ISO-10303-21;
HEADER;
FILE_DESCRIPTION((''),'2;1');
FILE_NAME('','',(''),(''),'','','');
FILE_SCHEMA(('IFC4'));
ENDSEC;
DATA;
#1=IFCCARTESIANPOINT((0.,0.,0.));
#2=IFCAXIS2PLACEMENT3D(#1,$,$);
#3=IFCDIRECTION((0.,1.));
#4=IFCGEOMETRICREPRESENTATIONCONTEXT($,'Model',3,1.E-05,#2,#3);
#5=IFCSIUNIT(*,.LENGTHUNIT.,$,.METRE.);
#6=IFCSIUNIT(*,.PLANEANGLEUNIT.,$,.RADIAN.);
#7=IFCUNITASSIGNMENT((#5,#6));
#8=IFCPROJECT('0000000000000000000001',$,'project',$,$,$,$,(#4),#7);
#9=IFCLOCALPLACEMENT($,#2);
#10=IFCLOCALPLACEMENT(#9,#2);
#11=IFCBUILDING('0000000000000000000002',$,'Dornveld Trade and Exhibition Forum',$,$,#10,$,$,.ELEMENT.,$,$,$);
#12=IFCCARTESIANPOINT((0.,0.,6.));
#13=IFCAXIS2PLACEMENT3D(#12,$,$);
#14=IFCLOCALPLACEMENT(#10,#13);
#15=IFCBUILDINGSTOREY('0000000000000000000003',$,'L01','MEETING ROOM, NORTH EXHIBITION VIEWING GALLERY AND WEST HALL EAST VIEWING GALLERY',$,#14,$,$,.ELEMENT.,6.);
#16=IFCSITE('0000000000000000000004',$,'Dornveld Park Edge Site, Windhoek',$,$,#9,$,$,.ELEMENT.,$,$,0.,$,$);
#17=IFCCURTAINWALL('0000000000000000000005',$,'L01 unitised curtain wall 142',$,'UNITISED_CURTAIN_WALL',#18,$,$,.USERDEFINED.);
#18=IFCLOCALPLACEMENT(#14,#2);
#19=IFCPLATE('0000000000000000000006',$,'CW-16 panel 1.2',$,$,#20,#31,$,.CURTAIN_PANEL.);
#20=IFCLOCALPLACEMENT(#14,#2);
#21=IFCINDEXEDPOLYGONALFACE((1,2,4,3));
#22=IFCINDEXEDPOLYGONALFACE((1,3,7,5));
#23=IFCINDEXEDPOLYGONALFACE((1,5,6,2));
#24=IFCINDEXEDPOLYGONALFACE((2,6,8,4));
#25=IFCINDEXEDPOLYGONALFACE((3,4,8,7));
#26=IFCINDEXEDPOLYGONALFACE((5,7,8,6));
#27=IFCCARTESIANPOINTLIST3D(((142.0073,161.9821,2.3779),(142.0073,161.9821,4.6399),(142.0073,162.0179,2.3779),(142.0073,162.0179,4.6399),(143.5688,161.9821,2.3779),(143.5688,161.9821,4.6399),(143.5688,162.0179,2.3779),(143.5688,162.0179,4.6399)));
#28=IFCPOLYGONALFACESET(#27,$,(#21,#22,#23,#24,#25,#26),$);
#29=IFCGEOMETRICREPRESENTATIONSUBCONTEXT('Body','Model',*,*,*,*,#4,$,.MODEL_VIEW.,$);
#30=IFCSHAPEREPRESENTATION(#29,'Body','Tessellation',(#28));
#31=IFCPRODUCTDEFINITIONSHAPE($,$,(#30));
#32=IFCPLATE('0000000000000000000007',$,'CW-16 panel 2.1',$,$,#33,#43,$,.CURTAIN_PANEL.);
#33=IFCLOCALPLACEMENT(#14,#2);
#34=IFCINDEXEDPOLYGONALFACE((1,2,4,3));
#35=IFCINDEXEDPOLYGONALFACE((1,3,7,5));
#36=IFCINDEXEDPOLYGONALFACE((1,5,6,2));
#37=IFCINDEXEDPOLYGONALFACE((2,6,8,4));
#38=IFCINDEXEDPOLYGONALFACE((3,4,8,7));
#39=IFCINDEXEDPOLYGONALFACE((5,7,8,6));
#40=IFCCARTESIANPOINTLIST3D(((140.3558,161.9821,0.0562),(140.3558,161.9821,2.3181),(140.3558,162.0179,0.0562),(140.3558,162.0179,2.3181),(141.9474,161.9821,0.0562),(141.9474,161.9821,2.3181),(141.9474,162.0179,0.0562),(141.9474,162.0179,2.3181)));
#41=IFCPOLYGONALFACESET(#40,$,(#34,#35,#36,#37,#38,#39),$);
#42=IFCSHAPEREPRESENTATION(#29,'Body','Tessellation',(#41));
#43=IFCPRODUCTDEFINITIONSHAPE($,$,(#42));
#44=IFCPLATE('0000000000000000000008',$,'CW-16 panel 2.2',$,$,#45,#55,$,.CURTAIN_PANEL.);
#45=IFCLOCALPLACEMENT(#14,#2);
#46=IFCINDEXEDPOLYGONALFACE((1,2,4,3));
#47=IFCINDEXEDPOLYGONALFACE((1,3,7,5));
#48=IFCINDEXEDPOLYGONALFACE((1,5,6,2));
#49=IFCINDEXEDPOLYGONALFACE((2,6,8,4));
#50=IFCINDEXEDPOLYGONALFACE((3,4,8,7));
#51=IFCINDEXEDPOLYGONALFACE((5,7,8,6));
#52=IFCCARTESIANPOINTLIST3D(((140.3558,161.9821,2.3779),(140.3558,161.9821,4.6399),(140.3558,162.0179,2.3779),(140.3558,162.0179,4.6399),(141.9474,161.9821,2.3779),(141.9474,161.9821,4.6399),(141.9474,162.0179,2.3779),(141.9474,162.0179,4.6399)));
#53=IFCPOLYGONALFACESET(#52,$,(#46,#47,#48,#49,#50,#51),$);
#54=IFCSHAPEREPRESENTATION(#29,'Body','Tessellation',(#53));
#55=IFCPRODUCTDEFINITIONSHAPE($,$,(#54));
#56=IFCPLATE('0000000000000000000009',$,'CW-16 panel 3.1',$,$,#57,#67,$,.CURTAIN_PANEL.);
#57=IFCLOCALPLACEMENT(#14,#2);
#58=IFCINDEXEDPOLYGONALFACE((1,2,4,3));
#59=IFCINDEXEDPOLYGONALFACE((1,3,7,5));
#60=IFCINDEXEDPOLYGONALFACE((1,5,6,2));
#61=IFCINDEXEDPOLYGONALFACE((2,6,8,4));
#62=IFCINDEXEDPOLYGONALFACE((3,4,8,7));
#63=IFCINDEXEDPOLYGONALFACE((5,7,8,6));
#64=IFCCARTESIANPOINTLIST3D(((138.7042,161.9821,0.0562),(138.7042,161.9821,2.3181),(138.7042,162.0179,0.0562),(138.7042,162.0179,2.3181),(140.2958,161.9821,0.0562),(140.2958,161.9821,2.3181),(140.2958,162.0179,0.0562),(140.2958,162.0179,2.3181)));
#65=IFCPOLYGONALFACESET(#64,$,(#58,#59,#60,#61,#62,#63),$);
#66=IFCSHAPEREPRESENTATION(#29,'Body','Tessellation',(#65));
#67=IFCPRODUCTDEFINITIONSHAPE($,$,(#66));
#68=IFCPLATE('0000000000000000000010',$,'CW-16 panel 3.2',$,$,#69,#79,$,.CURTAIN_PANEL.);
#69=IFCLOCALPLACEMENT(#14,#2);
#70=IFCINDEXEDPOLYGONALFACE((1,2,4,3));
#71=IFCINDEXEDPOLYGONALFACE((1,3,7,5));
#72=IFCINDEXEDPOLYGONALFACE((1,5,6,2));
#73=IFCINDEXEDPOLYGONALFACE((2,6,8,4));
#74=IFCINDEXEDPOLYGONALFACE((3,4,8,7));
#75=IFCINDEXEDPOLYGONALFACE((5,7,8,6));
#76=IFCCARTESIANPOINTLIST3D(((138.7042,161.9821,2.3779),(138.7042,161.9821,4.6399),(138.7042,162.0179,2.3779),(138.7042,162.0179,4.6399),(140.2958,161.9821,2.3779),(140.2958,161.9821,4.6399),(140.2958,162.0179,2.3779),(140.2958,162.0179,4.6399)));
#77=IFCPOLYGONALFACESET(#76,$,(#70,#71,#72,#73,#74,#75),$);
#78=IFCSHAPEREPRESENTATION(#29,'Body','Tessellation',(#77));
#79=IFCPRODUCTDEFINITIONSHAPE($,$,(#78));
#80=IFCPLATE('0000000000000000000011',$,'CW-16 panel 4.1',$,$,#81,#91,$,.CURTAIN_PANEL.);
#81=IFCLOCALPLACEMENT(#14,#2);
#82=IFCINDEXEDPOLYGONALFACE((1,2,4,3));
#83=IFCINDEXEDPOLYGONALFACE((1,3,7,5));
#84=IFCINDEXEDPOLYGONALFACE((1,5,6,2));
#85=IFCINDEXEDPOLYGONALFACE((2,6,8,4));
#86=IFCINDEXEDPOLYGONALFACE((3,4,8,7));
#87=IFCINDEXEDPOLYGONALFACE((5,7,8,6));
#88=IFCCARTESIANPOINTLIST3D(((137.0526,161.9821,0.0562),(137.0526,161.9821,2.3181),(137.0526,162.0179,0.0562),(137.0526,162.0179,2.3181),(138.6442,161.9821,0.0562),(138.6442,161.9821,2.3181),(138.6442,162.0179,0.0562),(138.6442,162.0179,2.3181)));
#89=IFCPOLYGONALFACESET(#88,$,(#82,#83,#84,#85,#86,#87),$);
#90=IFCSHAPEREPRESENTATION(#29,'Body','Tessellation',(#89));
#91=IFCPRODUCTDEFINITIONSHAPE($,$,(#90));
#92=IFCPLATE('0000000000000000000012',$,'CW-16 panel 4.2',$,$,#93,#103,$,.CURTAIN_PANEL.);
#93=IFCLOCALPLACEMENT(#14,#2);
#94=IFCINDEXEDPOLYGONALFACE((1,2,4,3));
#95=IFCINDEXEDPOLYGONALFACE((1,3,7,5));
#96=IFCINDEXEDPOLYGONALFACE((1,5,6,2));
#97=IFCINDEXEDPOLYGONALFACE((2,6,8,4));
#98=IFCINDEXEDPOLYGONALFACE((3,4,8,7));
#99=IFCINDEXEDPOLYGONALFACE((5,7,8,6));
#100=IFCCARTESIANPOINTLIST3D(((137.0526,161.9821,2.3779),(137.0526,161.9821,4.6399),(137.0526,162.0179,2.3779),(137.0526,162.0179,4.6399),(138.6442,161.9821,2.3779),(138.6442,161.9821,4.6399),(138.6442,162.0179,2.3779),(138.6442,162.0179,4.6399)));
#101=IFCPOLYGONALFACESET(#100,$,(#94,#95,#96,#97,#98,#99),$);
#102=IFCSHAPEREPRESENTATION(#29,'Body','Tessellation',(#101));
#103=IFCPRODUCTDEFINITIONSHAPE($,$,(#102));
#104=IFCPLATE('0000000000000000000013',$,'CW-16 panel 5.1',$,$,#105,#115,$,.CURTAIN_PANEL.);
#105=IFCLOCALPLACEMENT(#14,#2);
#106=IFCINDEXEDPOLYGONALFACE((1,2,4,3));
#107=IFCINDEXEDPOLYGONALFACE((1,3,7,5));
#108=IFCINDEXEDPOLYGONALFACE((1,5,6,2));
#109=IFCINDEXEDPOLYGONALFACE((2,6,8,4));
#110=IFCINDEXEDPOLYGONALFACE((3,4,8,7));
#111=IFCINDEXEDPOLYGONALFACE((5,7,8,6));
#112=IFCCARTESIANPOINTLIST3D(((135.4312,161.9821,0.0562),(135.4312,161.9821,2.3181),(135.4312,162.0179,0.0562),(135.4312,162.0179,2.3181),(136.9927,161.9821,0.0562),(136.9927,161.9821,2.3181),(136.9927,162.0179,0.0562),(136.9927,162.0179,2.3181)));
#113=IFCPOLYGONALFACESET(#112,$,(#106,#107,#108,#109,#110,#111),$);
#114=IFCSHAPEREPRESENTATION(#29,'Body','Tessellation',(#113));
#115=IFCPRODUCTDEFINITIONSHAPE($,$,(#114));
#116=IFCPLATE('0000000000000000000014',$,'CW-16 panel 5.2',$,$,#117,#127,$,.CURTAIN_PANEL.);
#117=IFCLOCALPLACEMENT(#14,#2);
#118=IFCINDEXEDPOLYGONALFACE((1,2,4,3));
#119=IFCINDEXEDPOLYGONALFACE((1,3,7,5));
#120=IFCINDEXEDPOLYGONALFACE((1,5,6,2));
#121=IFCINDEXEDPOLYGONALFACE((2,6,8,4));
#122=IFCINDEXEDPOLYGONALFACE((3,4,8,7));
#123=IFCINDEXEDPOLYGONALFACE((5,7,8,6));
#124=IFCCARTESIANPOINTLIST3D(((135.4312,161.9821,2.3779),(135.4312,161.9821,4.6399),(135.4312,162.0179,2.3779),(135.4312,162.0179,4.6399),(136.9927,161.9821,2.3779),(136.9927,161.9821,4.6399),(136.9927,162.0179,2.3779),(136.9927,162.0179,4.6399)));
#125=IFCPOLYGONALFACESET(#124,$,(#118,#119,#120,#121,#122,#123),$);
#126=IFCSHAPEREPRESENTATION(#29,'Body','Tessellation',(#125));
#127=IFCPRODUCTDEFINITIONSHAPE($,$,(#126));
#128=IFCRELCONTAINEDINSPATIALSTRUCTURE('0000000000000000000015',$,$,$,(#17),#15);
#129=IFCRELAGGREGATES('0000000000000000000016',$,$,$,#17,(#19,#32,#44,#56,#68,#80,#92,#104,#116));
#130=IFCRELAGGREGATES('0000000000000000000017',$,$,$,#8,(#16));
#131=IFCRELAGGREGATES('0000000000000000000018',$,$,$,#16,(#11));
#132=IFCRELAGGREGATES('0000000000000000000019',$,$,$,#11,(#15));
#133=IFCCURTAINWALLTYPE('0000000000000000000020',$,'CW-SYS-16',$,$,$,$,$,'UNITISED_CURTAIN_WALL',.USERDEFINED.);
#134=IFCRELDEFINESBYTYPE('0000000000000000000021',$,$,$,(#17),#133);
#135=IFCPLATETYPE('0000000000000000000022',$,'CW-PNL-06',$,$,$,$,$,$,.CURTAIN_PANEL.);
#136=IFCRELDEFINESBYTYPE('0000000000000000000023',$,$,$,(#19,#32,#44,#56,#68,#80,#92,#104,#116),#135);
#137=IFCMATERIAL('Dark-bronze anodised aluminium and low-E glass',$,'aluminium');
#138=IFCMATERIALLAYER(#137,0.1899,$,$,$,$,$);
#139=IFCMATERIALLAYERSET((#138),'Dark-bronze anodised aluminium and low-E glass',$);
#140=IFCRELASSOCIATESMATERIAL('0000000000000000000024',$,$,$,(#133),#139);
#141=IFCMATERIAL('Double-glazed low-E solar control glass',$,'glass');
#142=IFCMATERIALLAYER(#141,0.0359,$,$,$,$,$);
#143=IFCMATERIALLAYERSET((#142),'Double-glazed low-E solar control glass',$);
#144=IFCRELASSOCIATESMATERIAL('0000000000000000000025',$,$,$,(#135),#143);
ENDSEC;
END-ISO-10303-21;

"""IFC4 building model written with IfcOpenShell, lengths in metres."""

from ifc_helpers import new_model, si_unit, direction, frame, origin, origin_2d, place, context, subcontext, project, spatial, rectangle, extrude, material, layer, layer_set, type_object, element, aggregate, save


model = new_model("IFC4")

# Units and contexts
model_context = context("Model", 3, precision=1e-05, world=origin(), true_north=direction((0.0, 1.0)))
body_context = subcontext(model_context, "Body", "Model", "MODEL_VIEW")
ifc_project = project(units=[si_unit("LENGTHUNIT", "METRE"), si_unit("PLANEANGLEUNIT", "RADIAN")], contexts=[model_context])

# Site, building, storey
site_placement = place(None, origin())
site = spatial("IfcSite", under=ifc_project, at=site_placement, Name="Dornveld Park Edge Site, Windhoek", CompositionType="ELEMENT", RefElevation=0.0)
building_placement = place(site_placement, origin())
building = spatial("IfcBuilding", under=site, at=building_placement, Name="Dornveld Trade and Exhibition Forum", CompositionType="ELEMENT")
storey_placement = place(building_placement, frame((0.0, 0.0, 6.0)))
storey = spatial("IfcBuildingStorey", under=building, at=storey_placement, Name="L01", Description="MEETING ROOM, NORTH EXHIBITION VIEWING GALLERY AND WEST HALL EAST VIEWING GALLERY", CompositionType="ELEMENT", Elevation=6.0)

# Curtain wall, plates
ifc_material_1 = material(Name="Dark-bronze anodised aluminium and low-E glass", Category="aluminium")
ifc_layer_1 = layer(ifc_material_1, 0.1899)
ifc_layer_set_1 = layer_set([ifc_layer_1], Name="Dark-bronze anodised aluminium and low-E glass")
curtain_wall_type = type_object("IfcCurtainWallType", Name="CW-SYS-16", ElementType="UNITISED_CURTAIN_WALL", PredefinedType="USERDEFINED", material=ifc_layer_set_1)
curtain_wall_placement = place(storey_placement, origin())
curtain_wall = element("IfcCurtainWall", 1, at=curtain_wall_placement, inside=storey, type_object=curtain_wall_type, Name="L01 unitised curtain wall 142", ObjectType="UNITISED_CURTAIN_WALL", PredefinedType="USERDEFINED")
ifc_material_2 = material(Name="Double-glazed low-E solar control glass", Category="glass")
ifc_layer_2 = layer(ifc_material_2, 0.0359)
ifc_layer_set_2 = layer_set([ifc_layer_2], Name="Double-glazed low-E solar control glass")
plate_type = type_object("IfcPlateType", Name="CW-PNL-06", PredefinedType="CURTAIN_PANEL", material=ifc_layer_set_2)
plate_1_placement = place(storey_placement, frame((142.7881, 162.0, 2.3779), z_axis=(0.0, 0.0, 1.0), x_axis=(-1.0, 0.0, 0.0)))
plate_1 = element("IfcPlate", 2, at=plate_1_placement, type_object=plate_type, Name="CW-16 panel 1.2", PredefinedType="CURTAIN_PANEL", context=body_context, shape_type="SweptSolid", body=[
    extrude(rectangle(XDim=1.5615, YDim=0.0359, at=origin_2d()), origin(), (0.0, 0.0, 1.0), 2.262),
])
plate_2_placement = place(storey_placement, frame((141.1516, 162.0, 0.0562), z_axis=(0.0, 0.0, 1.0), x_axis=(-1.0, 0.0, 0.0)))
plate_2 = element("IfcPlate", 3, at=plate_2_placement, type_object=plate_type, Name="CW-16 panel 2.1", PredefinedType="CURTAIN_PANEL", context=body_context, shape_type="SweptSolid", body=[
    extrude(rectangle(XDim=1.5916, YDim=0.0359, at=origin_2d()), origin(), (0.0, 0.0, 1.0), 2.262),
])
plate_3_placement = place(storey_placement, frame((141.1516, 162.0, 2.3779), z_axis=(0.0, 0.0, 1.0), x_axis=(-1.0, 0.0, 0.0)))
plate_3 = element("IfcPlate", 4, at=plate_3_placement, type_object=plate_type, Name="CW-16 panel 2.2", PredefinedType="CURTAIN_PANEL", context=body_context, shape_type="SweptSolid", body=[
    extrude(rectangle(XDim=1.5916, YDim=0.0359, at=origin_2d()), origin(), (0.0, 0.0, 1.0), 2.262),
])
plate_4_placement = place(storey_placement, frame((139.5, 162.0, 0.0562), z_axis=(0.0, 0.0, 1.0), x_axis=(-1.0, 0.0, 0.0)))
plate_4 = element("IfcPlate", 5, at=plate_4_placement, type_object=plate_type, Name="CW-16 panel 3.1", PredefinedType="CURTAIN_PANEL", context=body_context, shape_type="SweptSolid", body=[
    extrude(rectangle(XDim=1.5916, YDim=0.0359, at=origin_2d()), origin(), (0.0, 0.0, 1.0), 2.262),
])
plate_5_placement = place(storey_placement, frame((139.5, 162.0, 2.3779), z_axis=(0.0, 0.0, 1.0), x_axis=(-1.0, 0.0, 0.0)))
plate_5 = element("IfcPlate", 6, at=plate_5_placement, type_object=plate_type, Name="CW-16 panel 3.2", PredefinedType="CURTAIN_PANEL", context=body_context, shape_type="SweptSolid", body=[
    extrude(rectangle(XDim=1.5916, YDim=0.0359, at=origin_2d()), origin(), (0.0, 0.0, 1.0), 2.262),
])
plate_6_placement = place(storey_placement, frame((137.8484, 162.0, 0.0562), z_axis=(0.0, 0.0, 1.0), x_axis=(-1.0, 0.0, 0.0)))
plate_6 = element("IfcPlate", 7, at=plate_6_placement, type_object=plate_type, Name="CW-16 panel 4.1", PredefinedType="CURTAIN_PANEL", context=body_context, shape_type="SweptSolid", body=[
    extrude(rectangle(XDim=1.5916, YDim=0.0359, at=origin_2d()), origin(), (0.0, 0.0, 1.0), 2.262),
])
plate_7_placement = place(storey_placement, frame((137.8484, 162.0, 2.3779), z_axis=(0.0, 0.0, 1.0), x_axis=(-1.0, 0.0, 0.0)))
plate_7 = element("IfcPlate", 8, at=plate_7_placement, type_object=plate_type, Name="CW-16 panel 4.2", PredefinedType="CURTAIN_PANEL", context=body_context, shape_type="SweptSolid", body=[
    extrude(rectangle(XDim=1.5916, YDim=0.0359, at=origin_2d()), origin(), (0.0, 0.0, 1.0), 2.262),
])
plate_8_placement = place(storey_placement, frame((136.2119, 162.0, 0.0562), z_axis=(0.0, 0.0, 1.0), x_axis=(-1.0, 0.0, 0.0)))
plate_8 = element("IfcPlate", 9, at=plate_8_placement, type_object=plate_type, Name="CW-16 panel 5.1", PredefinedType="CURTAIN_PANEL", context=body_context, shape_type="SweptSolid", body=[
    extrude(rectangle(XDim=1.5615, YDim=0.0359, at=origin_2d()), origin(), (0.0, 0.0, 1.0), 2.262),
])
plate_9_placement = place(storey_placement, frame((136.2119, 162.0, 2.3779), z_axis=(0.0, 0.0, 1.0), x_axis=(-1.0, 0.0, 0.0)))
plate_9 = element("IfcPlate", 10, at=plate_9_placement, type_object=plate_type, Name="CW-16 panel 5.2", PredefinedType="CURTAIN_PANEL", context=body_context, shape_type="SweptSolid", body=[
    extrude(rectangle(XDim=1.5615, YDim=0.0359, at=origin_2d()), origin(), (0.0, 0.0, 1.0), 2.262),
])
aggregate(curtain_wall, [plate_1, plate_2, plate_3, plate_4, plate_5, plate_6, plate_7, plate_8, plate_9])

save(model, "model.ifc")
